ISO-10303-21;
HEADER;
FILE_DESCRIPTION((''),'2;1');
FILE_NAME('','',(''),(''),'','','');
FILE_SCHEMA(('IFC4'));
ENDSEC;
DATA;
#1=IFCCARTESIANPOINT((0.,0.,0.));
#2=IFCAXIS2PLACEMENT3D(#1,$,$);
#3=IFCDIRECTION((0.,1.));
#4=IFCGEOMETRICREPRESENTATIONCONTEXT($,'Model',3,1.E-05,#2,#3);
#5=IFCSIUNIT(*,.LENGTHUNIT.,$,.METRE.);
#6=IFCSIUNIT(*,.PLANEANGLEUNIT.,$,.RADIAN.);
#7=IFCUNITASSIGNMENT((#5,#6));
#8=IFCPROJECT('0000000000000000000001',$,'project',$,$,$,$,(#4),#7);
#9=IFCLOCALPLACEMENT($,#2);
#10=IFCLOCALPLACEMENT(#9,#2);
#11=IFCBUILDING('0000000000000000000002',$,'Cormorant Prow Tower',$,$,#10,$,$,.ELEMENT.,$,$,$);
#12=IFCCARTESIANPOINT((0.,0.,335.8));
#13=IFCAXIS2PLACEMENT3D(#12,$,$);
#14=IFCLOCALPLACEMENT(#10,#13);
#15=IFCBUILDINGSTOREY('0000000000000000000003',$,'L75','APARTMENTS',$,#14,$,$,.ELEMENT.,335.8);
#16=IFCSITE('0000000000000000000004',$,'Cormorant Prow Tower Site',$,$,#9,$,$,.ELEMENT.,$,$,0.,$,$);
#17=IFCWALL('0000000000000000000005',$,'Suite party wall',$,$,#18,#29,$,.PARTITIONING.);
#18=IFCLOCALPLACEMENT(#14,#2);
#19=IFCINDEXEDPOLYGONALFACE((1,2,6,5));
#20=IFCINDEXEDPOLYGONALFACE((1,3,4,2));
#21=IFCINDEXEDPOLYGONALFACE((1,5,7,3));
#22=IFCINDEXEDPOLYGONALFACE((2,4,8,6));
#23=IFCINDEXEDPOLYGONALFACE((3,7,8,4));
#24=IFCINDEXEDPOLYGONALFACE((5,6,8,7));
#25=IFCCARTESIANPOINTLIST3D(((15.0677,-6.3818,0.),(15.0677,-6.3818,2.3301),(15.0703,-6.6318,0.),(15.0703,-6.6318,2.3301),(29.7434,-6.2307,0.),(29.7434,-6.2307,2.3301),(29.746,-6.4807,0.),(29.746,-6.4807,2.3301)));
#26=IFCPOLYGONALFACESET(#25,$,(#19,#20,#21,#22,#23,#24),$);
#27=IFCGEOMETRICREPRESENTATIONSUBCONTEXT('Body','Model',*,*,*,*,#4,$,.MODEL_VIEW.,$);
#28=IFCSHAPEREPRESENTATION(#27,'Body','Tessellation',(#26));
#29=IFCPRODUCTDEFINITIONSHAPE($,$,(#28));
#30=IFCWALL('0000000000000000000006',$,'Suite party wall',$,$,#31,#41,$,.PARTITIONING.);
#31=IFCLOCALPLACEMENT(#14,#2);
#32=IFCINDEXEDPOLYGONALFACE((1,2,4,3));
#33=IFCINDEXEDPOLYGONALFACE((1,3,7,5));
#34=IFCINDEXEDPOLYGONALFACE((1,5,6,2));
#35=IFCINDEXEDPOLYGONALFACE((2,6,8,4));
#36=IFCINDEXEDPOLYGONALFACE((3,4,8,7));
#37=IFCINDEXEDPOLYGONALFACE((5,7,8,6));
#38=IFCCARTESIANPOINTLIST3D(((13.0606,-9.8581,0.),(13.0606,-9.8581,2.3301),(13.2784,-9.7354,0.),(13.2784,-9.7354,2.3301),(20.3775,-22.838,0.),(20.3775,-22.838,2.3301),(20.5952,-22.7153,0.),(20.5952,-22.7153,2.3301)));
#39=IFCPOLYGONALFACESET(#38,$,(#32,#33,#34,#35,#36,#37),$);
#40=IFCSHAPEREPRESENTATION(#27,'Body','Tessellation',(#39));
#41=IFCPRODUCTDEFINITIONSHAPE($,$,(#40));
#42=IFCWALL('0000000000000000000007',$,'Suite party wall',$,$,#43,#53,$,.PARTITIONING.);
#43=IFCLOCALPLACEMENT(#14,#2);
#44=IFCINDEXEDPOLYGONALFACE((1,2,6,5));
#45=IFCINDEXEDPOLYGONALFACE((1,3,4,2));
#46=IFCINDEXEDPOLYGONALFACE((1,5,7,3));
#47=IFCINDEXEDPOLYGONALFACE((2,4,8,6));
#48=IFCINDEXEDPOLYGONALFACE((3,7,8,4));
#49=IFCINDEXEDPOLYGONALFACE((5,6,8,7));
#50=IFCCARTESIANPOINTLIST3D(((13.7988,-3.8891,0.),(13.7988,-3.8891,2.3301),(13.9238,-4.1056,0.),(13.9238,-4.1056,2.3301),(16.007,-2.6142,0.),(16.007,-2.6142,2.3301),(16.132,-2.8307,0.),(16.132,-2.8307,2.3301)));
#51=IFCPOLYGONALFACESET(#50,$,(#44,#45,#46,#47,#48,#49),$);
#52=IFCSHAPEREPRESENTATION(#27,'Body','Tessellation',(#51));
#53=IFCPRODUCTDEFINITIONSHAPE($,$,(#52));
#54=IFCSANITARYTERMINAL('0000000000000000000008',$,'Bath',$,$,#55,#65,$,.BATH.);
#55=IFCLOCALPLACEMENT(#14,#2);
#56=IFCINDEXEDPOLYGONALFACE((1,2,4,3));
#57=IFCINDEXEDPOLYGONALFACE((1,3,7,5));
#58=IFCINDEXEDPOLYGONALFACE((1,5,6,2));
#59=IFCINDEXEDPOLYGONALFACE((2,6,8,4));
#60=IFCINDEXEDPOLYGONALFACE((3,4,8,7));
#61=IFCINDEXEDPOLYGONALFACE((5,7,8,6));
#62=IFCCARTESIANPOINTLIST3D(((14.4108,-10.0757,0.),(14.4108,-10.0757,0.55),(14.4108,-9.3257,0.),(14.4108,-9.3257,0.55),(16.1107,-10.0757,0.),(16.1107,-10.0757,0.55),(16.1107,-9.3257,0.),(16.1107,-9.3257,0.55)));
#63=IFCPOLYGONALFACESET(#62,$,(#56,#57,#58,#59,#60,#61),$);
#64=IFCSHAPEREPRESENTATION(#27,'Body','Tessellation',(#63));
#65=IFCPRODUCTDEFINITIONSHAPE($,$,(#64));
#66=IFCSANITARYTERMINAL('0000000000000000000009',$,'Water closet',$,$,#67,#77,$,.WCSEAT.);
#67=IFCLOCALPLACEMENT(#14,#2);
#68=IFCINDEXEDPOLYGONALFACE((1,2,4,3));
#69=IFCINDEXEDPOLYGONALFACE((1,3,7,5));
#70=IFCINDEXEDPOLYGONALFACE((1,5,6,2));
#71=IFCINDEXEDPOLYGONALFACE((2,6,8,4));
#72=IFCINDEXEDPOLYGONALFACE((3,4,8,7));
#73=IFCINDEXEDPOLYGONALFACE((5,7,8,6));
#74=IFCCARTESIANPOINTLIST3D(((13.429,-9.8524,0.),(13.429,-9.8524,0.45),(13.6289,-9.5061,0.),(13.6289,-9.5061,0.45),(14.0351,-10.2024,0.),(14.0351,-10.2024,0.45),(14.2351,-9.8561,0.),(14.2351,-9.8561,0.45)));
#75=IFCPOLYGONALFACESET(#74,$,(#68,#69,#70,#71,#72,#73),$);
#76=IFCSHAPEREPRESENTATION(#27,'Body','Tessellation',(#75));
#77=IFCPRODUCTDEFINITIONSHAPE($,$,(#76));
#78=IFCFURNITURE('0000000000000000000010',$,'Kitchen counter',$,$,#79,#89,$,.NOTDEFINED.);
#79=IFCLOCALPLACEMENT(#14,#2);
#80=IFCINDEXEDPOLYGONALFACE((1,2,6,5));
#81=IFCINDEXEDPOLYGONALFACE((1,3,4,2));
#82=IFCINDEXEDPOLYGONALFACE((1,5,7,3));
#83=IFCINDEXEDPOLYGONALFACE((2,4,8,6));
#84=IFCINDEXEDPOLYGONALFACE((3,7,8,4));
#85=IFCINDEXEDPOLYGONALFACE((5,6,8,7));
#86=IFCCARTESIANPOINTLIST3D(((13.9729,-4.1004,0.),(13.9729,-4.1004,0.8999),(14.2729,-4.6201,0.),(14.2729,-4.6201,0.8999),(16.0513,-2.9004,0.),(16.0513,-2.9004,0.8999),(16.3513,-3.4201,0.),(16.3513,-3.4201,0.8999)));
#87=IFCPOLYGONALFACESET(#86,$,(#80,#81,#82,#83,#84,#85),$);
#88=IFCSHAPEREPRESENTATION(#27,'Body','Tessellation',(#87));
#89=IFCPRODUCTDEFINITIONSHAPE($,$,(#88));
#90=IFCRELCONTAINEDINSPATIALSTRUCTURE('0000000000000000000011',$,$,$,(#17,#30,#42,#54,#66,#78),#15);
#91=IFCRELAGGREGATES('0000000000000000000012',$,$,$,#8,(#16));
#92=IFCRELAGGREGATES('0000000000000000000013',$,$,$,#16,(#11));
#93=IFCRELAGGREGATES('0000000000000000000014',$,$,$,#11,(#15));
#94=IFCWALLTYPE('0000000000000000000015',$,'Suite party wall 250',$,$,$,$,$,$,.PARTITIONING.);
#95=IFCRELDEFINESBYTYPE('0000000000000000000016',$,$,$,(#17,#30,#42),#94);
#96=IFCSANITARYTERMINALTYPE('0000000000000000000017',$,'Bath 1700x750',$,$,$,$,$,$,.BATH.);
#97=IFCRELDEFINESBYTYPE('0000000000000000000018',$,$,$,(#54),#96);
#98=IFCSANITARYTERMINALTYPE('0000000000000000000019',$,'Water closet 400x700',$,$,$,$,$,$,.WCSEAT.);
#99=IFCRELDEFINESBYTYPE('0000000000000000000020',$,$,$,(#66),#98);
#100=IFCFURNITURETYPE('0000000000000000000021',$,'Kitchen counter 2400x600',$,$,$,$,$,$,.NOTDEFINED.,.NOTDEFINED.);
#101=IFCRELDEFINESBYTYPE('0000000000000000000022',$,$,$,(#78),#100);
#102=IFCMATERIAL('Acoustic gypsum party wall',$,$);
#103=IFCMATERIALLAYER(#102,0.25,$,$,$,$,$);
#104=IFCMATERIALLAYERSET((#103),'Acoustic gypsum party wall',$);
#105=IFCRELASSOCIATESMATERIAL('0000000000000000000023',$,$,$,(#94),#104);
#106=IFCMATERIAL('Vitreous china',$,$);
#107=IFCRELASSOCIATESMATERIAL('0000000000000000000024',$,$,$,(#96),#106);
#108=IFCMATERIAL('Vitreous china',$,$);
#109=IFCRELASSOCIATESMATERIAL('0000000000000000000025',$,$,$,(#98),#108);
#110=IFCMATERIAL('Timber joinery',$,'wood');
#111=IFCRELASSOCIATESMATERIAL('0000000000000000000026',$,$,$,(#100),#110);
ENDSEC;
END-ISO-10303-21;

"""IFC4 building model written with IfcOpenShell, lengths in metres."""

from ifc_helpers import new_model, si_unit, direction, frame, frame_2d, origin, origin_2d, place, context, subcontext, project, spatial, rectangle, extrude, material, layer, layer_set, type_object, element, save


model = new_model("IFC4")

# Units and contexts
model_context = context("Model", 3, precision=1e-05, world=origin(), true_north=direction((0.0, 1.0)))
body_context = subcontext(model_context, "Body", "Model", "MODEL_VIEW")
ifc_project = project(units=[si_unit("LENGTHUNIT", "METRE"), si_unit("PLANEANGLEUNIT", "RADIAN")], contexts=[model_context])

# Site, building, storey
site_placement = place(None, origin())
site = spatial("IfcSite", under=ifc_project, at=site_placement, Name="Cormorant Prow Tower Site", CompositionType="ELEMENT", RefElevation=0.0)
building_placement = place(site_placement, origin())
building = spatial("IfcBuilding", under=site, at=building_placement, Name="Cormorant Prow Tower", CompositionType="ELEMENT")
storey_placement = place(building_placement, frame((0.0, 0.0, 335.8)))
storey = spatial("IfcBuildingStorey", under=building, at=storey_placement, Name="L75", Description="APARTMENTS", CompositionType="ELEMENT", Elevation=335.8)

# Walls
ifc_material_1 = material(Name="Acoustic gypsum party wall")
ifc_layer_1 = layer(ifc_material_1, 0.25)
ifc_layer_set_1 = layer_set([ifc_layer_1], Name="Acoustic gypsum party wall")
wall_type_1 = type_object("IfcWallType", Name="Suite party wall 250", PredefinedType="PARTITIONING", material=ifc_layer_set_1)
wall_1_placement = place(storey_placement, frame((15.0688, -6.5068, 0.0), z_axis=(0.0, 0.0, 1.0), x_axis=(0.999947, 0.010297, 0.0)))
element("IfcWall", 1, at=wall_1_placement, inside=storey, type_object=wall_type_1, Name="Suite party wall", PredefinedType="PARTITIONING", context=body_context, shape_type="SweptSolid", body=[
    extrude(rectangle(XDim=14.6765, YDim=0.25, at=frame_2d((7.3384, 0.0))), origin(), (0.0, 0.0, 1.0), 2.3301),
])
wall_2_placement = place(storey_placement, frame((13.1694, -9.7966, 0.0), z_axis=(0.0, 0.0, 1.0), x_axis=(0.491059, -0.871126, 0.0)))
element("IfcWall", 2, at=wall_2_placement, inside=storey, type_object=wall_type_1, Name="Suite party wall", PredefinedType="PARTITIONING", context=body_context, shape_type="SweptSolid", body=[
    extrude(rectangle(XDim=14.9001, YDim=0.25, at=frame_2d((7.4502, 0.0))), origin(), (0.0, 0.0, 1.0), 2.3301),
])
wall_3_placement = place(storey_placement, frame((13.8613, -3.9973, 0.0), z_axis=(0.0, 0.0, 1.0), x_axis=(0.866031, 0.49999, 0.0)))
element("IfcWall", 3, at=wall_3_placement, inside=storey, type_object=wall_type_1, Name="Suite party wall", PredefinedType="PARTITIONING", context=body_context, shape_type="SweptSolid", body=[
    extrude(rectangle(XDim=2.5498, YDim=0.25, at=frame_2d((1.2749, 0.0))), origin(), (0.0, 0.0, 1.0), 2.3301),
])

# Sanitary terminals
ifc_material_2 = material(Name="Vitreous china")
sanitary_terminal_type_1 = type_object("IfcSanitaryTerminalType", Name="Bath 1700x750", PredefinedType="BATH", material=ifc_material_2)
sanitary_terminal_1_placement = place(storey_placement, frame((15.2607, -9.7007, 0.0), z_axis=(0.0, 0.0, 1.0), x_axis=(1.0, 0.0, 0.0)))
element("IfcSanitaryTerminal", 4, at=sanitary_terminal_1_placement, inside=storey, type_object=sanitary_terminal_type_1, Name="Bath", PredefinedType="BATH", context=body_context, shape_type="SweptSolid", body=[
    extrude(rectangle(XDim=1.7, YDim=0.75, at=origin_2d()), origin(), (0.0, 0.0, 1.0), 0.55),
])
ifc_material_3 = material(Name="Vitreous china")
sanitary_terminal_type_2 = type_object("IfcSanitaryTerminalType", Name="Water closet 400x700", PredefinedType="WCSEAT", material=ifc_material_3)
sanitary_terminal_2_placement = place(storey_placement, frame((13.832, -9.8542, 0.0), z_axis=(0.0, 0.0, 1.0), x_axis=(0.5, 0.866025, 0.0)))
element("IfcSanitaryTerminal", 5, at=sanitary_terminal_2_placement, inside=storey, type_object=sanitary_terminal_type_2, Name="Water closet", PredefinedType="WCSEAT", context=body_context, shape_type="SweptSolid", body=[
    extrude(rectangle(XDim=0.3999, YDim=0.7, at=origin_2d()), origin(), (0.0, 0.0, 1.0), 0.45),
])

# Furniture
ifc_material_4 = material(Name="Timber joinery", Category="wood")
furniture_type = type_object("IfcFurnitureType", Name="Kitchen counter 2400x600", AssemblyPlace="NOTDEFINED", PredefinedType="NOTDEFINED", material=ifc_material_4)
furniture_placement = place(storey_placement, frame((15.1621, -3.7603, 0.0), z_axis=(0.0, 0.0, 1.0), x_axis=(0.866025, 0.5, 0.0)))
element("IfcFurniture", 6, at=furniture_placement, inside=storey, type_object=furniture_type, Name="Kitchen counter", PredefinedType="NOTDEFINED", context=body_context, shape_type="SweptSolid", body=[
    extrude(rectangle(XDim=2.3999, YDim=0.6001, at=origin_2d()), origin(), (0.0, 0.0, 1.0), 0.8999),
])

save(model, "model.ifc")
